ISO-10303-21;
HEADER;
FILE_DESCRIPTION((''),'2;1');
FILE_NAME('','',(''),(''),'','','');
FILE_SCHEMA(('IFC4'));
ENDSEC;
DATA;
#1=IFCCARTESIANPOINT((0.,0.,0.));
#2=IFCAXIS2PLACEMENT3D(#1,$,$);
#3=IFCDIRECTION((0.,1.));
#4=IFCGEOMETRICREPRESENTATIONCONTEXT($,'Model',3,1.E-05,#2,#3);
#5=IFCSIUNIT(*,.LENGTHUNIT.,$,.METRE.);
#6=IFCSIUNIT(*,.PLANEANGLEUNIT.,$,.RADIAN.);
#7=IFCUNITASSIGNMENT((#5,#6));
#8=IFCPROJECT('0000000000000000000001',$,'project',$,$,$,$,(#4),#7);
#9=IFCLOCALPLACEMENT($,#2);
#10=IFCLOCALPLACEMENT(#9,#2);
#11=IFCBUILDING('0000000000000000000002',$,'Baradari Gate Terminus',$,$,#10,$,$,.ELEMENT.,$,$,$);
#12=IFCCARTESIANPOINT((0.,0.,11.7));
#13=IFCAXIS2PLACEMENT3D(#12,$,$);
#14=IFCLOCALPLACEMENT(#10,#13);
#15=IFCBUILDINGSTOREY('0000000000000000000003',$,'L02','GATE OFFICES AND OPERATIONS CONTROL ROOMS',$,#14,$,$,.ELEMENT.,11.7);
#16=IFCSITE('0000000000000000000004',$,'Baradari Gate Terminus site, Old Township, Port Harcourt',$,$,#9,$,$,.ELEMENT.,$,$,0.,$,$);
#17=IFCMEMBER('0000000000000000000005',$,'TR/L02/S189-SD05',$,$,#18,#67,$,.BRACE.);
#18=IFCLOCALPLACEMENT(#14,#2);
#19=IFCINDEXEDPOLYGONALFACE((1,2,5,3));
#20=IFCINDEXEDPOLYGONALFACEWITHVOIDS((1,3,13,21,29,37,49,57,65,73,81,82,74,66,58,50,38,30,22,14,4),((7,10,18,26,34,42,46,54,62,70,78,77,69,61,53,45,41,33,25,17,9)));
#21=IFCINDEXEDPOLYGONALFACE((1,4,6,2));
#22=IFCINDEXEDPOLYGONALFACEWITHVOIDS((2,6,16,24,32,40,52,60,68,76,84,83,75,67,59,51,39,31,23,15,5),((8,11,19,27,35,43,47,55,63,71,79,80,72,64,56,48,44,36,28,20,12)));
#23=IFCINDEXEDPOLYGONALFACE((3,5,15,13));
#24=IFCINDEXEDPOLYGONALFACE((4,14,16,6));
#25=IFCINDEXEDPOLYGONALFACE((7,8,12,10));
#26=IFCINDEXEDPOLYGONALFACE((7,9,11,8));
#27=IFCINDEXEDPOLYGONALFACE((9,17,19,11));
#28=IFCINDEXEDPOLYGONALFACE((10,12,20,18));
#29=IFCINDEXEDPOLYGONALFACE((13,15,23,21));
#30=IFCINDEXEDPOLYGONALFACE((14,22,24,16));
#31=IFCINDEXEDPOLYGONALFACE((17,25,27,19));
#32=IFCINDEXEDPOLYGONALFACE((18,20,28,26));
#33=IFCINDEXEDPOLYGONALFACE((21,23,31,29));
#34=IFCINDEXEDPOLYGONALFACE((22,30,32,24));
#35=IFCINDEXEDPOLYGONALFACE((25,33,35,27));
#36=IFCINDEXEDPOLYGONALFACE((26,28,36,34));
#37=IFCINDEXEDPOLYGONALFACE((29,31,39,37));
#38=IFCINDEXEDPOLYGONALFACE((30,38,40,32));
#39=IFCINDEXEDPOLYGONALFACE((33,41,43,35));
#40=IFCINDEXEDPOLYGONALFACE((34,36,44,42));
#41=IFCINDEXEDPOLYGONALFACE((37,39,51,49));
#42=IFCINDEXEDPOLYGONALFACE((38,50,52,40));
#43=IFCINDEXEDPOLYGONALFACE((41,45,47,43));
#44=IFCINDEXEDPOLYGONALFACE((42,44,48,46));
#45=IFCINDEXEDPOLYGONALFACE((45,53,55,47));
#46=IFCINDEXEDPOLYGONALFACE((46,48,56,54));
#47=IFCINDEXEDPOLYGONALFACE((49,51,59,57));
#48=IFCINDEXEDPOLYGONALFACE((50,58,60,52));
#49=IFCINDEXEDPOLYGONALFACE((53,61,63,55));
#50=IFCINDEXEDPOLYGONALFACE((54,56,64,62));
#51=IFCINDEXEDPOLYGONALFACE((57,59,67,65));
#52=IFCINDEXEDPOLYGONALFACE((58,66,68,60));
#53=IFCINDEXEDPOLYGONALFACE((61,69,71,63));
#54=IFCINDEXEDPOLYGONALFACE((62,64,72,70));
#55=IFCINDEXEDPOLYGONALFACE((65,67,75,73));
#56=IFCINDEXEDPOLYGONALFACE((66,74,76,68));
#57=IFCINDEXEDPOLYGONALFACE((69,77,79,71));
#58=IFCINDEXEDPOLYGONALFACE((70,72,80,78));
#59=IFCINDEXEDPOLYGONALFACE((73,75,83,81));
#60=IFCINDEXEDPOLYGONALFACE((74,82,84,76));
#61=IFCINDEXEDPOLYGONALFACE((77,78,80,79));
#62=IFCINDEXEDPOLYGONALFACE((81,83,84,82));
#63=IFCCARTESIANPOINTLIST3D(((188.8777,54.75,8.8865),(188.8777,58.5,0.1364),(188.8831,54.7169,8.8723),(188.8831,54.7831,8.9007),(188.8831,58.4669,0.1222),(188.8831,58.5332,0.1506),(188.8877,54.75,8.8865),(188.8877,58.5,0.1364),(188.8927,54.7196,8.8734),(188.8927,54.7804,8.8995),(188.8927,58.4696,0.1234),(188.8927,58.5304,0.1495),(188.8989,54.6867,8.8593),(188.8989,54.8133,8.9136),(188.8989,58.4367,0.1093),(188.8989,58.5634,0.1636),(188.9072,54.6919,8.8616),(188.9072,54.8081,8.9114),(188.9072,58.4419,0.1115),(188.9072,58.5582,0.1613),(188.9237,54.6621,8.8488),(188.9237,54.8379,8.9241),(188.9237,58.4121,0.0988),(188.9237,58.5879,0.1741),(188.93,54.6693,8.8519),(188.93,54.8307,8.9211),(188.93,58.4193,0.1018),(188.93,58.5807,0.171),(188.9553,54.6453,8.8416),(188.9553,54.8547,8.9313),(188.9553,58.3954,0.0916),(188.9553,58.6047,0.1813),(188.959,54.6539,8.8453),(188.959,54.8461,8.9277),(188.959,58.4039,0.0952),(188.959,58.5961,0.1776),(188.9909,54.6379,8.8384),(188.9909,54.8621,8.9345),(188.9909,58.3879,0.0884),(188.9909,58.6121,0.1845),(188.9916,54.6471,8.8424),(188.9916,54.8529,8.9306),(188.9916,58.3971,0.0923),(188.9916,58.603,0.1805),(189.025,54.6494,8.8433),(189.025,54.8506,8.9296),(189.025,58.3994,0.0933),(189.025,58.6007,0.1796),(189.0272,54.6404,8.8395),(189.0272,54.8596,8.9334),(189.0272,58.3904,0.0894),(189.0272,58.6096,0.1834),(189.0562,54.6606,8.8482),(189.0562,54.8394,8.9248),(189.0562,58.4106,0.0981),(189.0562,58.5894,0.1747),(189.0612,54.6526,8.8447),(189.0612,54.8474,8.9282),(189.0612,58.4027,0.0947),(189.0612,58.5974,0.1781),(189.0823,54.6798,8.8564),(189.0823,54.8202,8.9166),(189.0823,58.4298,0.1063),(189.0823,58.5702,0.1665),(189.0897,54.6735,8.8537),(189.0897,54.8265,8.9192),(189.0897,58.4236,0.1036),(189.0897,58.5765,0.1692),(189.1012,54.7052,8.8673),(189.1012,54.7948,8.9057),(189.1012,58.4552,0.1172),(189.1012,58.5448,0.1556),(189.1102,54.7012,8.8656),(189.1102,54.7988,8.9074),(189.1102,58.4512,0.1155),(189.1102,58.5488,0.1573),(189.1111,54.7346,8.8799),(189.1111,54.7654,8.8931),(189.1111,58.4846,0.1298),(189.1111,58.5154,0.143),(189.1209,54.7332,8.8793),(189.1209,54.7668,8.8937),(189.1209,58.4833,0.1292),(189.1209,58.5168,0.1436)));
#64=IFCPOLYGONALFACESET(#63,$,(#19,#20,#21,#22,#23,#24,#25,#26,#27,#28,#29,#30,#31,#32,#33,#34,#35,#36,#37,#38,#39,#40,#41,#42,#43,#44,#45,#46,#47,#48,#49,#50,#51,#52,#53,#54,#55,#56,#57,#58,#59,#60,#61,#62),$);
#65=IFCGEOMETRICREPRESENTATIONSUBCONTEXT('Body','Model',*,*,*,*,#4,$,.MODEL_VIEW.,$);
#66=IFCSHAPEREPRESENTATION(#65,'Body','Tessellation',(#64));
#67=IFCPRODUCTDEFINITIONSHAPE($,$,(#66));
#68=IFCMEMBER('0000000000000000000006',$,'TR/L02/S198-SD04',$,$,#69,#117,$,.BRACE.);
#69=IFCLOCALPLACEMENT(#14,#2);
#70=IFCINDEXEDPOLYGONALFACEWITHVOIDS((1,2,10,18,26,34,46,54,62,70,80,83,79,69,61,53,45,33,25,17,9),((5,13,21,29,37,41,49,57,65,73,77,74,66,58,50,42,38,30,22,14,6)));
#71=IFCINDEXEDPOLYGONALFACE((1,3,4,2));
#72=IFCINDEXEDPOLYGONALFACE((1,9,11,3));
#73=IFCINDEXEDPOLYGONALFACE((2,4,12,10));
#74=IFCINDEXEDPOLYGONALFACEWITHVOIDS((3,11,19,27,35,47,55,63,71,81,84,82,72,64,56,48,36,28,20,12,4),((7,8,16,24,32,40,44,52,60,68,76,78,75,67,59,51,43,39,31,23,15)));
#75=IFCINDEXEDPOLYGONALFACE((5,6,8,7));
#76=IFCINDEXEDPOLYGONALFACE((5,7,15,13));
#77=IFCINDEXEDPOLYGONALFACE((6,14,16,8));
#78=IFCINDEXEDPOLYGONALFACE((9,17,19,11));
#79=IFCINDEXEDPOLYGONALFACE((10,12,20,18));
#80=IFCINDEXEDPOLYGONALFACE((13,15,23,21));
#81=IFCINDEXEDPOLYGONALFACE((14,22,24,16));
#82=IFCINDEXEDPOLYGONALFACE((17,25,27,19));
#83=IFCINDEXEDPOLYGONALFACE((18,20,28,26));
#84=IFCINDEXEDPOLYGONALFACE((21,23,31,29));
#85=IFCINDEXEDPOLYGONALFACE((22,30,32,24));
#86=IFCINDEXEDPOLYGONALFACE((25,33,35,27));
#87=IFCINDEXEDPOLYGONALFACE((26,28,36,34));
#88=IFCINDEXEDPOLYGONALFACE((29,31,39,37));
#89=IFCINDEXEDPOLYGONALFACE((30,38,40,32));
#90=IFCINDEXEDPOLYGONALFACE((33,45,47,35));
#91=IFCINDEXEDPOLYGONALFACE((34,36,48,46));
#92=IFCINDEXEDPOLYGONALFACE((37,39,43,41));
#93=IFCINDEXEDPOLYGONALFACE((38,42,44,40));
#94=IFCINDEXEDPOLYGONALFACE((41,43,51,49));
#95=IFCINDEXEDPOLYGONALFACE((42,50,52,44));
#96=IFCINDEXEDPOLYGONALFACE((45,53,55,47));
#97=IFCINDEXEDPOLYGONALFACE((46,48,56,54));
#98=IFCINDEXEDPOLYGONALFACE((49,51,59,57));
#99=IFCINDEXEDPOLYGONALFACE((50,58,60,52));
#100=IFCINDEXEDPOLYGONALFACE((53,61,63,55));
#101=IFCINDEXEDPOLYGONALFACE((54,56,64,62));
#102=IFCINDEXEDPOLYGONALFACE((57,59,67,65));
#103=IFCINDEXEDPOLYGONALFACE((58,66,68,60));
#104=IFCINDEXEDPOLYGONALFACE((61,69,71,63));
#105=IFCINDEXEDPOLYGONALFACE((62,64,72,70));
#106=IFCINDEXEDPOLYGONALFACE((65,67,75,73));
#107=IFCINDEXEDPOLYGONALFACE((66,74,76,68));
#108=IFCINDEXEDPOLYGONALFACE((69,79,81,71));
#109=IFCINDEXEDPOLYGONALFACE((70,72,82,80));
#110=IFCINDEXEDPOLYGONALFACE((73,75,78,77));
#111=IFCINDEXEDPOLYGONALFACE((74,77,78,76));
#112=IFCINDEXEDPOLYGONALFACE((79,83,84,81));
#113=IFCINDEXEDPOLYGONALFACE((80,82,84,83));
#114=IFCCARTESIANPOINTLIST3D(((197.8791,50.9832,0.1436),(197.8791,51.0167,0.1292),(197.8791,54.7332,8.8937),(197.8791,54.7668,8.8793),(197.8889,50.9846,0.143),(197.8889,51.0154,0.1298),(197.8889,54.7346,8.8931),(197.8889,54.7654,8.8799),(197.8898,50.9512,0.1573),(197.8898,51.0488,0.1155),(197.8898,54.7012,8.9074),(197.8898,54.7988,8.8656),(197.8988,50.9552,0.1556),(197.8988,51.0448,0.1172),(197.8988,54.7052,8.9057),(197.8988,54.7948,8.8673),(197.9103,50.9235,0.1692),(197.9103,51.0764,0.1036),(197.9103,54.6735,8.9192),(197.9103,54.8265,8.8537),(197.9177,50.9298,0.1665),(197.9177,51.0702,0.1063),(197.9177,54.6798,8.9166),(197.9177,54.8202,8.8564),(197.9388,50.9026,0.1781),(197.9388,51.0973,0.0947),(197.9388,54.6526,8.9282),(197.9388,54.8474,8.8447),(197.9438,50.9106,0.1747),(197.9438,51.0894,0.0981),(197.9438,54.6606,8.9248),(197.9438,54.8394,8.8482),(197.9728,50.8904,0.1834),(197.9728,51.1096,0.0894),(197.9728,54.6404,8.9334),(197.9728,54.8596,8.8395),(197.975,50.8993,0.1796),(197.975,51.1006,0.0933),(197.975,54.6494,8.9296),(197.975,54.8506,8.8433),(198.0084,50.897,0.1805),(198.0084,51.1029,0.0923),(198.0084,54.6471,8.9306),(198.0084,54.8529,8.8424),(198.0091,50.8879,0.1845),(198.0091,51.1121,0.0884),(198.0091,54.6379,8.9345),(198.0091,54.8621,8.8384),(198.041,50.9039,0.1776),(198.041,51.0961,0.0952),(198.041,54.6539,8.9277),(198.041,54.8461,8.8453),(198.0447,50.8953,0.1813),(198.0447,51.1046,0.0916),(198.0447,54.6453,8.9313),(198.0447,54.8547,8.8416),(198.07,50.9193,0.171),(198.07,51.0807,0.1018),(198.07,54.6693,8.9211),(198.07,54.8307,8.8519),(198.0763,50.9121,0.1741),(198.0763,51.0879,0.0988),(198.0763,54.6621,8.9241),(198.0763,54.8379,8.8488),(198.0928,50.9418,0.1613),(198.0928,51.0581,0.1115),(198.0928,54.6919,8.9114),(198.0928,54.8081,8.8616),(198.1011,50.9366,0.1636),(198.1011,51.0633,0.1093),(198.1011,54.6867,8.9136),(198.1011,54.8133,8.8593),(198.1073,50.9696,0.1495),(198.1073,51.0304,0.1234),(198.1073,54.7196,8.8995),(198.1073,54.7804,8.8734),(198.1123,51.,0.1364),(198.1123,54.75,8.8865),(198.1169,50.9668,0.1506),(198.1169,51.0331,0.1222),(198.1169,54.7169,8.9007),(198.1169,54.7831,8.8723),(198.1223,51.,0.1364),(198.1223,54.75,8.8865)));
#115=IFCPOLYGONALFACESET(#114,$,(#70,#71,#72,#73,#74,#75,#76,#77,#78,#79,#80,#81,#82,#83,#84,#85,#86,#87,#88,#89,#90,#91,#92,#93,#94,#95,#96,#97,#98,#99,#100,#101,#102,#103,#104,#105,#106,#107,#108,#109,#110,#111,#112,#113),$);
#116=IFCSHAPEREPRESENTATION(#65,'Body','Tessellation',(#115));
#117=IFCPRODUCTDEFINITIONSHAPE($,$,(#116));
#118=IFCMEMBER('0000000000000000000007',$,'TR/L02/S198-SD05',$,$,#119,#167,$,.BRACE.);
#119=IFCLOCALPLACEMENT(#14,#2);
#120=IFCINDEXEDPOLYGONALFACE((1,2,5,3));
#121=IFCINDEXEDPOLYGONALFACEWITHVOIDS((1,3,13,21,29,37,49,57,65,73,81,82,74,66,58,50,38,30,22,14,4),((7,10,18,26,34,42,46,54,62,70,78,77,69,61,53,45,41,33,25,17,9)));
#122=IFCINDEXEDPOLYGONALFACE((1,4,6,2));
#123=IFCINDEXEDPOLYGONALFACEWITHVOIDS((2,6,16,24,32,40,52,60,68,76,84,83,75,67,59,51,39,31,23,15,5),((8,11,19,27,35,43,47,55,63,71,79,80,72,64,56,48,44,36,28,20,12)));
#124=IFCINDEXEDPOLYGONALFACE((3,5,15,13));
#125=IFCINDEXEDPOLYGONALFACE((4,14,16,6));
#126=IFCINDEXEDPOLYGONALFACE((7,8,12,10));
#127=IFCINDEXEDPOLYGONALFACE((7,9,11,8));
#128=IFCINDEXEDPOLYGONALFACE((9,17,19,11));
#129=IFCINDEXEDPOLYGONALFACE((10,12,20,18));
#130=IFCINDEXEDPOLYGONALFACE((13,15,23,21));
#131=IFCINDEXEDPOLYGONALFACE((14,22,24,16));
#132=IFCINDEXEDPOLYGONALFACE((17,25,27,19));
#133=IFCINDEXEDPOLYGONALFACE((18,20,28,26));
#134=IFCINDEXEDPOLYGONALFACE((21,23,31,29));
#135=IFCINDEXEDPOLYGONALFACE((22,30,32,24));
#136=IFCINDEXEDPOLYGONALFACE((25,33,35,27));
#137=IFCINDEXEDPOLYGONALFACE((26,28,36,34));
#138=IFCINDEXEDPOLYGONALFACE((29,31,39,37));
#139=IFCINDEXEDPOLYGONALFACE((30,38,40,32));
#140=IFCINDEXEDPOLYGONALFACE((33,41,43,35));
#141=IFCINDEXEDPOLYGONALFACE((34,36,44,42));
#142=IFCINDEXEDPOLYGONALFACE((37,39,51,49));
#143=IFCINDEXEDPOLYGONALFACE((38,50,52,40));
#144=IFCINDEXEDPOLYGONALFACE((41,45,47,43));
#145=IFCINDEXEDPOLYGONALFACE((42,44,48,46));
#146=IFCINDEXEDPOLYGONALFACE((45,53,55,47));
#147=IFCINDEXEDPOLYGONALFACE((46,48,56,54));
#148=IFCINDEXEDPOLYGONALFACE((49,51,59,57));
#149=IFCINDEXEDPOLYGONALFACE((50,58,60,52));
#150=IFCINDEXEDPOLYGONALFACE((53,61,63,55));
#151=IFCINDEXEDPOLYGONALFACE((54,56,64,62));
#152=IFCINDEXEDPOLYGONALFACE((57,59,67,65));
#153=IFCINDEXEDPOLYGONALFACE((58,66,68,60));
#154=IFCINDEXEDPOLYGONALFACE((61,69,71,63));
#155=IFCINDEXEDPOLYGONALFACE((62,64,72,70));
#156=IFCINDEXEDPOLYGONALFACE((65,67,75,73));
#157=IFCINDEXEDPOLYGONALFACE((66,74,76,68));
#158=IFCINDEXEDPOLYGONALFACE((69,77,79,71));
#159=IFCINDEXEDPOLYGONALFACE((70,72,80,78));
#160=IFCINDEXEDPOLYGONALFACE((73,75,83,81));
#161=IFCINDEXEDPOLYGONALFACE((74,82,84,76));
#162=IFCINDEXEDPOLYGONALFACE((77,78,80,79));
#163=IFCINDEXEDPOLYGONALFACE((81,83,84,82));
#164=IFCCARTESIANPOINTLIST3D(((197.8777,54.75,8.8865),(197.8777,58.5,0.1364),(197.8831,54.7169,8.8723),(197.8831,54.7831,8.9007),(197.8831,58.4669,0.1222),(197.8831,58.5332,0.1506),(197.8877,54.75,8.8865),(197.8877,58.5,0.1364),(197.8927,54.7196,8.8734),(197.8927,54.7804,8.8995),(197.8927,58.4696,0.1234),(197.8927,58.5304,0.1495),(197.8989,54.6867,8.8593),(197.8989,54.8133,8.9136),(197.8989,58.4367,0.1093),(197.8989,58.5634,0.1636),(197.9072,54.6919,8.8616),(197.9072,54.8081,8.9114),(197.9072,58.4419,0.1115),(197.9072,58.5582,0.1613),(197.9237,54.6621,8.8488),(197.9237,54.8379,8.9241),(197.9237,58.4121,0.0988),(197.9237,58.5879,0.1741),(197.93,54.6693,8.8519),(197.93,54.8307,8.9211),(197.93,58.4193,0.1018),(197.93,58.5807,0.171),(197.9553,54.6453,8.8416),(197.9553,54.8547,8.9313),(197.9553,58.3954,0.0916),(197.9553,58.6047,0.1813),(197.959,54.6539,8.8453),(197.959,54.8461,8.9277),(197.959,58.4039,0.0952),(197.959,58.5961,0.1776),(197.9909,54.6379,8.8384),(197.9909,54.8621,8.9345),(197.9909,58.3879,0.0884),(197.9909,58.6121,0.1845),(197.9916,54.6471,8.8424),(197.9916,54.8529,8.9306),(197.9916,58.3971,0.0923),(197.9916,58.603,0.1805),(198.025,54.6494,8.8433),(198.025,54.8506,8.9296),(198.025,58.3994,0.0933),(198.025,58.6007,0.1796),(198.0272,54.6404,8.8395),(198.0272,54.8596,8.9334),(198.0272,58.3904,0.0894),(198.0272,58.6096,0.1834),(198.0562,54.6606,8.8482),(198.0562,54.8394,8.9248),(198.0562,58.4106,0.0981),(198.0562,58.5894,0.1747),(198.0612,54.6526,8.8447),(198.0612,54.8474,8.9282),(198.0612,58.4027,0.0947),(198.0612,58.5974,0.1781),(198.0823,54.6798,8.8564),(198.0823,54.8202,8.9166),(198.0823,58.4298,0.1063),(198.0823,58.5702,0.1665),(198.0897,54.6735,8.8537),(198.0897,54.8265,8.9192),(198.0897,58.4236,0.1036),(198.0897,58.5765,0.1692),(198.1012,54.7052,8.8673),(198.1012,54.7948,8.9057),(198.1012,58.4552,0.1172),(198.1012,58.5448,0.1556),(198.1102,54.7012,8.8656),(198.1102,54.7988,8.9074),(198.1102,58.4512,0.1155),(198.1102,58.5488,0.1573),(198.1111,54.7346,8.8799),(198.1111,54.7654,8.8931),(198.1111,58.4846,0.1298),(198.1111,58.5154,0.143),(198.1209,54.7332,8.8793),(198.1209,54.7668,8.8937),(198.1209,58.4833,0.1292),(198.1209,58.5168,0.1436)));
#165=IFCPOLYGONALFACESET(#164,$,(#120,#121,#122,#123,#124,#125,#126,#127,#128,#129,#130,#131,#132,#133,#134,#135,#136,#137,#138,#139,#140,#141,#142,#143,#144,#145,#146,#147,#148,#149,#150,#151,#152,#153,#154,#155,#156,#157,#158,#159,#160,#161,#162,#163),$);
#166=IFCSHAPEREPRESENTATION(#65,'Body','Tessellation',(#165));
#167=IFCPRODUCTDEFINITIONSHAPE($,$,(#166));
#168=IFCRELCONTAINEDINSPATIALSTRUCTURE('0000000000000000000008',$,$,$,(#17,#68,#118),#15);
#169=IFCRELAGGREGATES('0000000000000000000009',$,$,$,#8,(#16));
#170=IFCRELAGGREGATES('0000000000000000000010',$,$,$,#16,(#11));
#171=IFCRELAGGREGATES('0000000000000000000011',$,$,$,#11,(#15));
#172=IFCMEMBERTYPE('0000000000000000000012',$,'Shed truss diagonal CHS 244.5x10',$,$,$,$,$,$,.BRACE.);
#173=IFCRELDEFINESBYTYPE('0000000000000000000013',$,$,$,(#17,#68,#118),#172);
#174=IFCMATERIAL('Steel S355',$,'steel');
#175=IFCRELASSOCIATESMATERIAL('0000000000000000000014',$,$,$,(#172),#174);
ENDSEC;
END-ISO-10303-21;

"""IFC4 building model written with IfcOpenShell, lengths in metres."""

from ifc_helpers import new_model, si_unit, direction, frame, origin, origin_2d, place, context, subcontext, project, spatial, hollow_circle, extrude, material, material_profile, profile_set, type_object, element, save


model = new_model("IFC4")

# Units and contexts
model_context = context("Model", 3, precision=1e-05, world=origin(), true_north=direction((0.0, 1.0)))
body_context = subcontext(model_context, "Body", "Model", "MODEL_VIEW")
ifc_project = project(units=[si_unit("LENGTHUNIT", "METRE"), si_unit("PLANEANGLEUNIT", "RADIAN")], contexts=[model_context])

# Site, building, storey
site_placement = place(None, origin())
site = spatial("IfcSite", under=ifc_project, at=site_placement, Name="Baradari Gate Terminus site, Old Township, Port Harcourt", CompositionType="ELEMENT", RefElevation=0.0)
building_placement = place(site_placement, origin())
building = spatial("IfcBuilding", under=site, at=building_placement, Name="Baradari Gate Terminus", CompositionType="ELEMENT")
storey_placement = place(building_placement, frame((0.0, 0.0, 11.7)))
storey = spatial("IfcBuildingStorey", under=building, at=storey_placement, Name="L02", Description="GATE OFFICES AND OPERATIONS CONTROL ROOMS", CompositionType="ELEMENT", Elevation=11.7)

# Members
ifc_material_1 = material(Name="Steel S355", Category="steel")
ifc_material_profile_1 = material_profile(ifc_material_1, hollow_circle(Radius=0.1223, WallThickness=0.01, at=origin_2d()), Name="CHS 244.5x10")
ifc_profile_set_1 = profile_set([ifc_material_profile_1], Name="Steel S355")
member_type_1 = type_object("IfcMemberType", Name="Shed truss diagonal CHS 244.5x10", PredefinedType="BRACE", material=ifc_profile_set_1)
for number, where, z_axis, x_axis, name in (
    (1, (189.0, 54.75, 8.8865), (0.0, 0.393919, -0.919145), (-1.0, 0.0, 0.0), "TR/L02/S189-SD05"),
    (2, (198.0, 54.75, 8.8865), (0.0, -0.393919, -0.919145), (1.0, 0.0, 0.0), "TR/L02/S198-SD04"),
    (3, (198.0, 54.75, 8.8865), (0.0, 0.393919, -0.919145), (-1.0, 0.0, 0.0), "TR/L02/S198-SD05"),
):
    element("IfcMember", number, at=place(storey_placement, frame(where, z_axis=z_axis, x_axis=x_axis)), inside=storey, type_object=member_type_1, Name=name, PredefinedType="BRACE", context=body_context, shape_type="SweptSolid", body=[
        extrude(hollow_circle(Radius=0.1223, WallThickness=0.01, at=origin_2d()), origin(), (0.0, 0.0, 1.0), 9.5198),
    ])

save(model, "model.ifc")
